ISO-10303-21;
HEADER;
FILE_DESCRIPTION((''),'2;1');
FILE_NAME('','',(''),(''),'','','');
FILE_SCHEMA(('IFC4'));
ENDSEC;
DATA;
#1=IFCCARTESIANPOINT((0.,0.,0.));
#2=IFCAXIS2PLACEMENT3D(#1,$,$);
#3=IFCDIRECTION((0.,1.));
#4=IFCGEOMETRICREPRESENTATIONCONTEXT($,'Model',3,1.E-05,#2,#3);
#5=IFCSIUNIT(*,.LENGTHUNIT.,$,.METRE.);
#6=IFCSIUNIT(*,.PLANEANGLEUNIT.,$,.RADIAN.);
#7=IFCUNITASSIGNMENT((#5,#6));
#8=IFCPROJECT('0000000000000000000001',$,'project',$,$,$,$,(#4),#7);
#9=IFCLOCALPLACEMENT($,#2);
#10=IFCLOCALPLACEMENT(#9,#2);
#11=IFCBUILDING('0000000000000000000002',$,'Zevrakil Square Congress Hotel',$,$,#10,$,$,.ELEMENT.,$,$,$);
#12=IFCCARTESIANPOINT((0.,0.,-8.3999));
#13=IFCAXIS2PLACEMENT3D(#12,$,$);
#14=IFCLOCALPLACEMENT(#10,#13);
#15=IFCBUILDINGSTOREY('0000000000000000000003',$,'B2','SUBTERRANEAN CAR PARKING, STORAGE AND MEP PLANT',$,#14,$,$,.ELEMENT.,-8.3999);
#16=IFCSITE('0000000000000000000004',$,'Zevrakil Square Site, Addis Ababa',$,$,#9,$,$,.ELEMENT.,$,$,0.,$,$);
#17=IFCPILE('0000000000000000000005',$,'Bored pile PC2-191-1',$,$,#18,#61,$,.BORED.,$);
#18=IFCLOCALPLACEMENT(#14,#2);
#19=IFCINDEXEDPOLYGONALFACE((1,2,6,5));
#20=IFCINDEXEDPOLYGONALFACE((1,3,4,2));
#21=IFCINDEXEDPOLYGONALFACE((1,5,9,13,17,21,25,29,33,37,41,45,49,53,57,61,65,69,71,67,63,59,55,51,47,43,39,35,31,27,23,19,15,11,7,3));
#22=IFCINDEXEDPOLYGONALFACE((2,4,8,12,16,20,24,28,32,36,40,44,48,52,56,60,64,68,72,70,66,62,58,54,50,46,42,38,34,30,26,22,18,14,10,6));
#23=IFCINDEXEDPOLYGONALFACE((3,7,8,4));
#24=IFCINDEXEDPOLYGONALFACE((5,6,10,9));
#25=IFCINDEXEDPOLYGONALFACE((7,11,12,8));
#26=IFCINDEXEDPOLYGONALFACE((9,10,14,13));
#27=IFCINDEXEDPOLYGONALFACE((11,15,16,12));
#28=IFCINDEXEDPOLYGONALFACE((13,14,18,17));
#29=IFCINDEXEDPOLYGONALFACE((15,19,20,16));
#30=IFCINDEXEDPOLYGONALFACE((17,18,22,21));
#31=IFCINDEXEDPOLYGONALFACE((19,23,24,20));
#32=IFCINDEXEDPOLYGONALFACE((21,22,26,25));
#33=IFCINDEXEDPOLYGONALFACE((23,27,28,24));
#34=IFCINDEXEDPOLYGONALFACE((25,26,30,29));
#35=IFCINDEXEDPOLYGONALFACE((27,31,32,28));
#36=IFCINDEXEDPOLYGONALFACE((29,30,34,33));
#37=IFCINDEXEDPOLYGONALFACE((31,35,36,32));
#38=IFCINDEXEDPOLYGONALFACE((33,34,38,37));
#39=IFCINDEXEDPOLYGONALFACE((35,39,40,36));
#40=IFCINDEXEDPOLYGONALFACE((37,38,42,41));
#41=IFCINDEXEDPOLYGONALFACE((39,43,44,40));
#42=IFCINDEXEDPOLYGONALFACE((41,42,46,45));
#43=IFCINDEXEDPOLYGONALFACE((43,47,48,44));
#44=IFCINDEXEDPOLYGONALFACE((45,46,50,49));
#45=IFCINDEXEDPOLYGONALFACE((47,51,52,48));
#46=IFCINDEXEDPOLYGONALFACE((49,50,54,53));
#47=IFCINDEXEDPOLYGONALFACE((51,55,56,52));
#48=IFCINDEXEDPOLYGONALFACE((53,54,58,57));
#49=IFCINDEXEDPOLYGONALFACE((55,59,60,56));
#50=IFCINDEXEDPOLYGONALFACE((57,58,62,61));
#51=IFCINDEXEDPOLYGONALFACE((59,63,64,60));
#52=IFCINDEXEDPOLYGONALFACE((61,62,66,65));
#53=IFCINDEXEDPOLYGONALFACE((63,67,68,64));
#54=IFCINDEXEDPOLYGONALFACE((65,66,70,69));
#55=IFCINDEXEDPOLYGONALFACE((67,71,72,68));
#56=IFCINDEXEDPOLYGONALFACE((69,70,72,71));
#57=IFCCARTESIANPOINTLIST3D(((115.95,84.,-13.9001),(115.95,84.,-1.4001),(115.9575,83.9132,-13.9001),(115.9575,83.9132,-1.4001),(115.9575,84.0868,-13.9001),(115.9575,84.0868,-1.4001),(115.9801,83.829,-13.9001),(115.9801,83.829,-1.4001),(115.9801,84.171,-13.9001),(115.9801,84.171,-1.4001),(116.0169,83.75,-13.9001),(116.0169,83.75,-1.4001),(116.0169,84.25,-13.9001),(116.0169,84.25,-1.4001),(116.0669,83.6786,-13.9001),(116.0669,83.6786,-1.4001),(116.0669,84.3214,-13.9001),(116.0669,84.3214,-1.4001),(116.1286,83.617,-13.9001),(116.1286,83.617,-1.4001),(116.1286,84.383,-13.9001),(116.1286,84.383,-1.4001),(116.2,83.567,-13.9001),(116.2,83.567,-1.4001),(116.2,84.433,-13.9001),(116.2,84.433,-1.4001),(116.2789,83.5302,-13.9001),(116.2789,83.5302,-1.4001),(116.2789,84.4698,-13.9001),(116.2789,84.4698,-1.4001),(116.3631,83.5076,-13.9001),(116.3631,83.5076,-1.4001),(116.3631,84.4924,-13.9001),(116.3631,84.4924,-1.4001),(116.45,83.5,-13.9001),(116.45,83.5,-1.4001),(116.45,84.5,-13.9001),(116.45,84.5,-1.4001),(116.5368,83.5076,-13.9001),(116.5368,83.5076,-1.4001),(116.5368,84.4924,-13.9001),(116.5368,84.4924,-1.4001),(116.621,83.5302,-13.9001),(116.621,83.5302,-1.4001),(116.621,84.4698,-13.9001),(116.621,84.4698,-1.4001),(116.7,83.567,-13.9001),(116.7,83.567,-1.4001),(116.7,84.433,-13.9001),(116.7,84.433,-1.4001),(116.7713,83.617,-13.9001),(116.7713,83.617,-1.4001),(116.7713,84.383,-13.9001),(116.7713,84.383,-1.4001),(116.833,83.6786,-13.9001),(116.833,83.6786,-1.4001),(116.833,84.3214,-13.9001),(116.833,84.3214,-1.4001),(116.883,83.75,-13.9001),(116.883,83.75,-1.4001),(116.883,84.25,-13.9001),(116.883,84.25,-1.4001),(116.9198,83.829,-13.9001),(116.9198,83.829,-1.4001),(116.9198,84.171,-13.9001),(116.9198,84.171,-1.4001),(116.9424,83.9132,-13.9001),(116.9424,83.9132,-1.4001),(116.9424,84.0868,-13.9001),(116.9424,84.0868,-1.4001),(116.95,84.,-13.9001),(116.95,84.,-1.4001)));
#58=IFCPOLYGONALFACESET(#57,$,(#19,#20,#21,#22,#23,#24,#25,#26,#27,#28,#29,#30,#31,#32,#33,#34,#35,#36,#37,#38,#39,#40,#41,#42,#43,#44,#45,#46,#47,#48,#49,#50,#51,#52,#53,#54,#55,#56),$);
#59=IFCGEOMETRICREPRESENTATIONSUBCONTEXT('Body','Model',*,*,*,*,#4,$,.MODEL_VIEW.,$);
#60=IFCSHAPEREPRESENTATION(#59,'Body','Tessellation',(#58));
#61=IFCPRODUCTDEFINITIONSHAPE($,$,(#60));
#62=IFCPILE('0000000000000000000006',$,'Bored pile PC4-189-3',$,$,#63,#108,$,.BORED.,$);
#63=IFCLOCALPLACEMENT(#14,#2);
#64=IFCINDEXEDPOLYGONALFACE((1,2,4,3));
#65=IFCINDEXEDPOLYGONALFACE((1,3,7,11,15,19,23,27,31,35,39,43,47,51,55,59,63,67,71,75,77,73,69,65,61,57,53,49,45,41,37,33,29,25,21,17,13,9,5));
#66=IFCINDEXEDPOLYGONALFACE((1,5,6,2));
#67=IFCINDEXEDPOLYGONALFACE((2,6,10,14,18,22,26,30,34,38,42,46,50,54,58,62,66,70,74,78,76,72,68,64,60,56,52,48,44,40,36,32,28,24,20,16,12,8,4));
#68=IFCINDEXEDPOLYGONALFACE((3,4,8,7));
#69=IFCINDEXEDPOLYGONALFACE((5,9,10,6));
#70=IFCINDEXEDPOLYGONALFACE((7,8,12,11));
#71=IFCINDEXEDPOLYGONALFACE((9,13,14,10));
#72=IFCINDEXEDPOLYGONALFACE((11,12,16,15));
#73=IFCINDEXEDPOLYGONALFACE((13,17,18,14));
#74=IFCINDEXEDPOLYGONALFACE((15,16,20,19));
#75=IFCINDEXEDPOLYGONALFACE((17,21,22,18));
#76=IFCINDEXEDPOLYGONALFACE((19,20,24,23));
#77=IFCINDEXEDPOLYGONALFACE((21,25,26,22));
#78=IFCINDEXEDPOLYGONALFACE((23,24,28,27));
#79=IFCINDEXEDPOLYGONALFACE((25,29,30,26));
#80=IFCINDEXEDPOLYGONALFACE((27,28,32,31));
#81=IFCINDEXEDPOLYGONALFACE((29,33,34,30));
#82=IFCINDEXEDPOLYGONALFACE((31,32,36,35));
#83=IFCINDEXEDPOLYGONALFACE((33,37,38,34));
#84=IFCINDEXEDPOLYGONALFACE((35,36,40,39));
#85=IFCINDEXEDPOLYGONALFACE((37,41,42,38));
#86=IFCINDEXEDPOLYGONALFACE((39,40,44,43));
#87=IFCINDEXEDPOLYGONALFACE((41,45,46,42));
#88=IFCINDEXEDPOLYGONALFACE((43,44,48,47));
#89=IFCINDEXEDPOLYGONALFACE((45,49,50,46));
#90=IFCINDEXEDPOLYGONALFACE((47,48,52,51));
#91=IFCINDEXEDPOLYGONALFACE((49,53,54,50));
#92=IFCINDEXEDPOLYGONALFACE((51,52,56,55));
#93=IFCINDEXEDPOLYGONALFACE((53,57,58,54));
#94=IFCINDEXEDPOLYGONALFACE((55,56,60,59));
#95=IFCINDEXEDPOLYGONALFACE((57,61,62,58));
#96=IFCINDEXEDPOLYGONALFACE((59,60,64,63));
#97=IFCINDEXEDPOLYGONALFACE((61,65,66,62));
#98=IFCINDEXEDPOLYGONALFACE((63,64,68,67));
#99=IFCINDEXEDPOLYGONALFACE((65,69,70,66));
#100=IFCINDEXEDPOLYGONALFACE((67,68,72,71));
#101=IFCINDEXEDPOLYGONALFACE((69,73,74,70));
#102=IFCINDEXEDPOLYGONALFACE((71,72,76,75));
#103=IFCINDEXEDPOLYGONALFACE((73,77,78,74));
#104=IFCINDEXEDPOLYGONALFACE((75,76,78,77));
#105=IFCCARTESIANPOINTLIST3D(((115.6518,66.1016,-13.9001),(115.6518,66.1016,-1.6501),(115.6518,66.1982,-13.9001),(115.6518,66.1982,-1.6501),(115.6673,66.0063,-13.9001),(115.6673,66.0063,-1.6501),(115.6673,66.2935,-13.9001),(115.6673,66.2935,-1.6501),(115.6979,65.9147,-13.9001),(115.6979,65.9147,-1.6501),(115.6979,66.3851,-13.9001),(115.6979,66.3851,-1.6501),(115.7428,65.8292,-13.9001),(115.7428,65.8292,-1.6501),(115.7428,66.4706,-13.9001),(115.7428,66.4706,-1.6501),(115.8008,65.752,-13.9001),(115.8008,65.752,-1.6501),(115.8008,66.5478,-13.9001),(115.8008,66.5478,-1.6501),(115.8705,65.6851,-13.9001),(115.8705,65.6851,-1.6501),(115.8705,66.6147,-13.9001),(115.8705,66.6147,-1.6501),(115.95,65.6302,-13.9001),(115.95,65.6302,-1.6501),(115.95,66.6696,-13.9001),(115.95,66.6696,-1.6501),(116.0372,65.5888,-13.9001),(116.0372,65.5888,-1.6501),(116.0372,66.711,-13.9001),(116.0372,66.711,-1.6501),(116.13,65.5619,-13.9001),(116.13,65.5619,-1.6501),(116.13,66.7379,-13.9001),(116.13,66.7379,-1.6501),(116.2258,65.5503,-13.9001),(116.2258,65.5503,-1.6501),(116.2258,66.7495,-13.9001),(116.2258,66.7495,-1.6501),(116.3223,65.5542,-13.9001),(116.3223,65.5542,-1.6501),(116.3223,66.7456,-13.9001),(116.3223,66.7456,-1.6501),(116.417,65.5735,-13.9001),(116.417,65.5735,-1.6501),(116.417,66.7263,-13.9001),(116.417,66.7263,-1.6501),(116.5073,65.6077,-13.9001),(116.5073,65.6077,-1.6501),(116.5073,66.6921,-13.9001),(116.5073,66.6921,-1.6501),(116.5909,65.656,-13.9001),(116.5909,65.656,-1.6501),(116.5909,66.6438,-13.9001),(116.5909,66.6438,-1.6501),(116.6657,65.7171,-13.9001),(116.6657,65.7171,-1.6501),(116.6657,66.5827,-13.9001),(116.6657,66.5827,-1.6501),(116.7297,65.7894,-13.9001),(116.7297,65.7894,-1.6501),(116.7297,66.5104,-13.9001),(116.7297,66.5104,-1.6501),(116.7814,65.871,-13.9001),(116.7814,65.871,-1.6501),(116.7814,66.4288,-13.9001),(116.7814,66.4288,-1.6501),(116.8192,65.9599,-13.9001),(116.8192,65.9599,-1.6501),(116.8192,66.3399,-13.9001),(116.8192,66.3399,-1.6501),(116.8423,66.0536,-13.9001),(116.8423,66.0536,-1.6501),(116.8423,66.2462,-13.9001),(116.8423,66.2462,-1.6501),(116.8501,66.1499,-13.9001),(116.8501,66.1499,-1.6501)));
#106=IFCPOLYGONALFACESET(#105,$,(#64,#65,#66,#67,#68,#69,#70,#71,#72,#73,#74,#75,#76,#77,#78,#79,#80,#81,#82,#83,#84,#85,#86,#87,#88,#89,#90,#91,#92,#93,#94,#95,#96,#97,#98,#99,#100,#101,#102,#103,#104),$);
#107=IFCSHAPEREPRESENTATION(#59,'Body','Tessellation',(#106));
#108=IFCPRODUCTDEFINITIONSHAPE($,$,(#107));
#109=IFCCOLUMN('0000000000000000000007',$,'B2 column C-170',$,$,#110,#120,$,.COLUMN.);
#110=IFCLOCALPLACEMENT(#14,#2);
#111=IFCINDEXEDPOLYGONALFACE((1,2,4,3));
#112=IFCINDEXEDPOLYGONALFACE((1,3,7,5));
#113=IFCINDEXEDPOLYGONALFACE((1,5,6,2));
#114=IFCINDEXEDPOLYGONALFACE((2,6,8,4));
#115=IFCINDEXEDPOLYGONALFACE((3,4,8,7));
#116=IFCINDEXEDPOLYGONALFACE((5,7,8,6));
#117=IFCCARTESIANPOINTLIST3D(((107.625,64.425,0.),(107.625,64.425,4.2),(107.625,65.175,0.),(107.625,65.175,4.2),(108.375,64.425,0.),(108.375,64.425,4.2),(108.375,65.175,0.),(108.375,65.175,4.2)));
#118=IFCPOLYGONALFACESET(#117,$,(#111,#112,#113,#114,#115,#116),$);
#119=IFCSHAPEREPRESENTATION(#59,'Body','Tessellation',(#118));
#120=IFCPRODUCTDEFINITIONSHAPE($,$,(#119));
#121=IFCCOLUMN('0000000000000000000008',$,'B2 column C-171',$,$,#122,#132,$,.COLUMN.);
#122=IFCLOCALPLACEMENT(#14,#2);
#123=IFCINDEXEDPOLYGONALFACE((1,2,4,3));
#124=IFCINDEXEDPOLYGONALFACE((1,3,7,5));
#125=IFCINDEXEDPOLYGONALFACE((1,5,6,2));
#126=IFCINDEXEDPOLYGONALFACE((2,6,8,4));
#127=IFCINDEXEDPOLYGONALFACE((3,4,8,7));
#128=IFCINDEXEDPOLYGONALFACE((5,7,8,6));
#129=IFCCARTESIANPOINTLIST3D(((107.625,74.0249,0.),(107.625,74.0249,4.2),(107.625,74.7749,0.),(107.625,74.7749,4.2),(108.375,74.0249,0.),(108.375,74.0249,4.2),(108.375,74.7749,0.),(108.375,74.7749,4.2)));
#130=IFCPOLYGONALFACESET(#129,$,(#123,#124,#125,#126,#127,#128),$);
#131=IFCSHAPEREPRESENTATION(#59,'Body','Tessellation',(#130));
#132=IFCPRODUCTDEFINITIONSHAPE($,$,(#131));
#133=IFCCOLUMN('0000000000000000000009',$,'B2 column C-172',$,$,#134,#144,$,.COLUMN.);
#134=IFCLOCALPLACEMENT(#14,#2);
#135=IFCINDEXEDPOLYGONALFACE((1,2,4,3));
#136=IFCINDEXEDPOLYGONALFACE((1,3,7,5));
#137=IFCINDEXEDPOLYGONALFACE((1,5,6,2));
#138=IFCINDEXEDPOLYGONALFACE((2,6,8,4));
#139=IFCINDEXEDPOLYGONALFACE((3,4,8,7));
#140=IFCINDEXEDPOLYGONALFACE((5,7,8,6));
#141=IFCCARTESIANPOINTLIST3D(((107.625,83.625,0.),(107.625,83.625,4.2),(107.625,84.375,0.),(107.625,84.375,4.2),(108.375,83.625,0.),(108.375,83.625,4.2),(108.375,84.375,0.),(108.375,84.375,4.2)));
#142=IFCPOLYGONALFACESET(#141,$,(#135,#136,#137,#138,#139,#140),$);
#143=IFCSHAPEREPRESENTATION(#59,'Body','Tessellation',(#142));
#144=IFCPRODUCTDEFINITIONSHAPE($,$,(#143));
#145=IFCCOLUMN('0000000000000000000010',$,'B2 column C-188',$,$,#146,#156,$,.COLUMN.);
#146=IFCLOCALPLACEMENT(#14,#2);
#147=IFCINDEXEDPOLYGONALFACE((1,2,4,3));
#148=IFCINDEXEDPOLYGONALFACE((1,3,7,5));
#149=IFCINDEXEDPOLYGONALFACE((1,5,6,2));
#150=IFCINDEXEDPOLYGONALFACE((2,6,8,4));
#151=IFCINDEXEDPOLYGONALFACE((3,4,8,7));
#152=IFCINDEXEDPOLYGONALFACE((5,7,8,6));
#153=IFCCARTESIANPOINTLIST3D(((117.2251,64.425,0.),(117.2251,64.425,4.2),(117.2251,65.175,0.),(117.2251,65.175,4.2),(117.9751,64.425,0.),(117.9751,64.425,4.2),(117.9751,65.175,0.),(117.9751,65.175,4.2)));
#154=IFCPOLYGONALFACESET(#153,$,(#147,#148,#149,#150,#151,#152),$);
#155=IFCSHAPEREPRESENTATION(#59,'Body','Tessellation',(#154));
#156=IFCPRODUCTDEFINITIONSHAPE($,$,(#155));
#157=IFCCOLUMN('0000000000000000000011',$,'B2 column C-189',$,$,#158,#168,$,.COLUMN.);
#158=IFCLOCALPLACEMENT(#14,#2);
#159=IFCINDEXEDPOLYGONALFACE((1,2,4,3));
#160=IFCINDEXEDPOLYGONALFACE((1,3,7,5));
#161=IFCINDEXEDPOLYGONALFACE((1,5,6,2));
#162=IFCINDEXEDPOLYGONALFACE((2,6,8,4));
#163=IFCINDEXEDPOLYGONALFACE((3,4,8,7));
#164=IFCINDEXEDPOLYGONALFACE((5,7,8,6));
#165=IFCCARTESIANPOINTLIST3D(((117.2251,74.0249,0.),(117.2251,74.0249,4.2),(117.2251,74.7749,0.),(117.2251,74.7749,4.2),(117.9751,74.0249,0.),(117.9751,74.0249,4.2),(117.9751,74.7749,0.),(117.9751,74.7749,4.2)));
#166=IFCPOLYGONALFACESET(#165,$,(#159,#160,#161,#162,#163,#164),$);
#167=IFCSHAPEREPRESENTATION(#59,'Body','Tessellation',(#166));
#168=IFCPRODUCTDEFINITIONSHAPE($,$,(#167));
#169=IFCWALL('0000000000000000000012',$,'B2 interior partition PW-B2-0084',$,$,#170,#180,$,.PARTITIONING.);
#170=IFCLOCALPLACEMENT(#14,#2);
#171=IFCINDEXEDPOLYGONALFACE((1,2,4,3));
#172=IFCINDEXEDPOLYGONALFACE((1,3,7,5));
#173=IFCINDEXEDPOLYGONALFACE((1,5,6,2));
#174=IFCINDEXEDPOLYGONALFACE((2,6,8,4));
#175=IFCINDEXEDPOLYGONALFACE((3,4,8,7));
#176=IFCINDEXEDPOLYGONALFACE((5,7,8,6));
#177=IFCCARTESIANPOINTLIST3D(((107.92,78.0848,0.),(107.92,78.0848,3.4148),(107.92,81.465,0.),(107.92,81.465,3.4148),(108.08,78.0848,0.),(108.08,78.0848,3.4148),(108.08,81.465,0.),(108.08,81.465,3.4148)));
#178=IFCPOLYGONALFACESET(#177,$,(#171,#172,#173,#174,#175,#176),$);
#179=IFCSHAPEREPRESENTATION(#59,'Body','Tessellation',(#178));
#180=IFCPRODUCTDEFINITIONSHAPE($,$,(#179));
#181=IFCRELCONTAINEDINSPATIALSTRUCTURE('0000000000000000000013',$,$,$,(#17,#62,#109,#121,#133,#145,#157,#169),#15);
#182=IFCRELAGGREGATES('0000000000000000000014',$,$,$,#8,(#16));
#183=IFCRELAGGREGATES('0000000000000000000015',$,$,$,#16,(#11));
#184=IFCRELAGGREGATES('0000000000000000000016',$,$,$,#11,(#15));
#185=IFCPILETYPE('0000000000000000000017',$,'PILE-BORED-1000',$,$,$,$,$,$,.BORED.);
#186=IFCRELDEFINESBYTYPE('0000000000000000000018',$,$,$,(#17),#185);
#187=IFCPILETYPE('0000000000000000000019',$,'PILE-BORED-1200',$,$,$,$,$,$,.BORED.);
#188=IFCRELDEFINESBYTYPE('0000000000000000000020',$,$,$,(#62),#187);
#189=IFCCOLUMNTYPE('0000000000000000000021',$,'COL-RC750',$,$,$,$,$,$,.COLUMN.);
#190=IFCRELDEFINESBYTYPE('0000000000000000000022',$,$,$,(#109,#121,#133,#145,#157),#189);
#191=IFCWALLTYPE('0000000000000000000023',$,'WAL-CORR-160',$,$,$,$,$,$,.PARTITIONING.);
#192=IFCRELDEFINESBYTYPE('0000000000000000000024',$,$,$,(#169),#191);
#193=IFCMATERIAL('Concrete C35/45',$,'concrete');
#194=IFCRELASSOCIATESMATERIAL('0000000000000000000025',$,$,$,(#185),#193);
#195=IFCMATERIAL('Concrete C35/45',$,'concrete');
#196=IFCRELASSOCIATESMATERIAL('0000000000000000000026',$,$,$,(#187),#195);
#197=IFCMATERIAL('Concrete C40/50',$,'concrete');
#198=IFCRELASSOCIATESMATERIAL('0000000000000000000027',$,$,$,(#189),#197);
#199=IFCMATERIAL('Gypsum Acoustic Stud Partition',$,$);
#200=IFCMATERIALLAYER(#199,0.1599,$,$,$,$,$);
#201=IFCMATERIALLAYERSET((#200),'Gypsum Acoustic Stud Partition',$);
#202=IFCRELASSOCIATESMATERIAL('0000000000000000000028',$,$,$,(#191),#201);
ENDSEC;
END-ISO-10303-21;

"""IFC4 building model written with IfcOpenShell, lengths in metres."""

from ifc_helpers import new_model, si_unit, direction, frame, frame_2d, origin, origin_2d, place, context, subcontext, project, spatial, rectangle, circle, extrude, material, layer, layer_set, material_profile, profile_set, type_object, element, save


model = new_model("IFC4")

# Units and contexts
model_context = context("Model", 3, precision=1e-05, world=origin(), true_north=direction((0.0, 1.0)))
body_context = subcontext(model_context, "Body", "Model", "MODEL_VIEW")
ifc_project = project(units=[si_unit("LENGTHUNIT", "METRE"), si_unit("PLANEANGLEUNIT", "RADIAN")], contexts=[model_context])

# Site, building, storey
site_placement = place(None, origin())
site = spatial("IfcSite", under=ifc_project, at=site_placement, Name="Zevrakil Square Site, Addis Ababa", CompositionType="ELEMENT", RefElevation=0.0)
building_placement = place(site_placement, origin())
building = spatial("IfcBuilding", under=site, at=building_placement, Name="Zevrakil Square Congress Hotel", CompositionType="ELEMENT")
storey_placement = place(building_placement, frame((0.0, 0.0, -8.3999)))
storey = spatial("IfcBuildingStorey", under=building, at=storey_placement, Name="B2", Description="SUBTERRANEAN CAR PARKING, STORAGE AND MEP PLANT", CompositionType="ELEMENT", Elevation=-8.3999)

# Piles
ifc_material_1 = material(Name="Concrete C35/45", Category="concrete")
ifc_material_profile_1 = material_profile(ifc_material_1, circle(Radius=0.5, at=origin_2d()), Name="PILE D1000")
ifc_profile_set_1 = profile_set([ifc_material_profile_1], Name="Concrete C35/45")
pile_type_1 = type_object("IfcPileType", Name="PILE-BORED-1000", PredefinedType="BORED", material=ifc_profile_set_1)
for number, where, z_axis, x_axis, name in (
    (1, (116.45, 84.0, -1.4001), (0.0, 0.0, -1.0), (1.0, 0.0, 0.0), "Bored pile PC2-191-1"),
):
    element("IfcPile", number, at=place(storey_placement, frame(where, z_axis=z_axis, x_axis=x_axis)), inside=storey, type_object=pile_type_1, Name=name, PredefinedType="BORED", context=body_context, shape_type="SweptSolid", body=[
        extrude(circle(Radius=0.5, at=origin_2d()), origin(), (0.0, 0.0, 1.0), 12.5),
    ])
ifc_material_2 = material(Name="Concrete C35/45", Category="concrete")
ifc_material_profile_2 = material_profile(ifc_material_2, circle(Radius=0.6001, at=origin_2d()), Name="PILE D1200")
ifc_profile_set_2 = profile_set([ifc_material_profile_2], Name="Concrete C35/45")
pile_type_2 = type_object("IfcPileType", Name="PILE-BORED-1200", PredefinedType="BORED", material=ifc_profile_set_2)
pile_placement = place(storey_placement, frame((116.25, 66.1499, -1.6501), z_axis=(0.0, 0.0, -1.0), x_axis=(1.0, 0.0, 0.0)))
element("IfcPile", 2, at=pile_placement, inside=storey, type_object=pile_type_2, Name="Bored pile PC4-189-3", PredefinedType="BORED", context=body_context, shape_type="SweptSolid", body=[
    extrude(circle(Radius=0.6001, at=origin_2d()), origin(), (0.0, 0.0, 1.0), 12.25),
])

# Columns
ifc_material_3 = material(Name="Concrete C40/50", Category="concrete")
ifc_material_profile_3 = material_profile(ifc_material_3, rectangle(XDim=0.75, YDim=0.75, at=origin_2d()), Name="RC 750x750")
ifc_profile_set_3 = profile_set([ifc_material_profile_3], Name="Concrete C40/50")
column_type = type_object("IfcColumnType", Name="COL-RC750", PredefinedType="COLUMN", material=ifc_profile_set_3)
for number, where, z_axis, x_axis, name in (
    (3, (108.0, 64.8, 0.0), (0.0, 0.0, 1.0), (1.0, 0.0, 0.0), "B2 column C-170"),
    (4, (108.0, 74.3999, 0.0), (0.0, 0.0, 1.0), (1.0, 0.0, 0.0), "B2 column C-171"),
    (5, (108.0, 84.0, 0.0), (0.0, 0.0, 1.0), (1.0, 0.0, 0.0), "B2 column C-172"),
    (6, (117.6001, 64.8, 0.0), (0.0, 0.0, 1.0), (1.0, 0.0, 0.0), "B2 column C-188"),
    (7, (117.6001, 74.3999, 0.0), (0.0, 0.0, 1.0), (1.0, 0.0, 0.0), "B2 column C-189"),
):
    element("IfcColumn", number, at=place(storey_placement, frame(where, z_axis=z_axis, x_axis=x_axis)), inside=storey, type_object=column_type, Name=name, PredefinedType="COLUMN", context=body_context, shape_type="SweptSolid", body=[
        extrude(rectangle(XDim=0.75, YDim=0.75, at=origin_2d()), origin(), (0.0, 0.0, 1.0), 4.2),
    ])

# Wall
ifc_material_4 = material(Name="Gypsum Acoustic Stud Partition")
ifc_layer = layer(ifc_material_4, 0.1599)
ifc_layer_set = layer_set([ifc_layer], Name="Gypsum Acoustic Stud Partition")
wall_type = type_object("IfcWallType", Name="WAL-CORR-160", PredefinedType="PARTITIONING", material=ifc_layer_set)
wall_placement = place(storey_placement, frame((108.0, 78.085, 0.0), z_axis=(0.0, 0.0, 1.0), x_axis=(0.0, 1.0, 0.0)))
element("IfcWall", 8, at=wall_placement, inside=storey, type_object=wall_type, Name="B2 interior partition PW-B2-0084", PredefinedType="PARTITIONING", context=body_context, shape_type="SweptSolid", body=[
    extrude(rectangle(XDim=3.3801, YDim=0.1599, at=frame_2d((1.6899, 0.0))), origin(), (0.0, 0.0, 1.0), 3.4148),
])

save(model, "model.ifc")
